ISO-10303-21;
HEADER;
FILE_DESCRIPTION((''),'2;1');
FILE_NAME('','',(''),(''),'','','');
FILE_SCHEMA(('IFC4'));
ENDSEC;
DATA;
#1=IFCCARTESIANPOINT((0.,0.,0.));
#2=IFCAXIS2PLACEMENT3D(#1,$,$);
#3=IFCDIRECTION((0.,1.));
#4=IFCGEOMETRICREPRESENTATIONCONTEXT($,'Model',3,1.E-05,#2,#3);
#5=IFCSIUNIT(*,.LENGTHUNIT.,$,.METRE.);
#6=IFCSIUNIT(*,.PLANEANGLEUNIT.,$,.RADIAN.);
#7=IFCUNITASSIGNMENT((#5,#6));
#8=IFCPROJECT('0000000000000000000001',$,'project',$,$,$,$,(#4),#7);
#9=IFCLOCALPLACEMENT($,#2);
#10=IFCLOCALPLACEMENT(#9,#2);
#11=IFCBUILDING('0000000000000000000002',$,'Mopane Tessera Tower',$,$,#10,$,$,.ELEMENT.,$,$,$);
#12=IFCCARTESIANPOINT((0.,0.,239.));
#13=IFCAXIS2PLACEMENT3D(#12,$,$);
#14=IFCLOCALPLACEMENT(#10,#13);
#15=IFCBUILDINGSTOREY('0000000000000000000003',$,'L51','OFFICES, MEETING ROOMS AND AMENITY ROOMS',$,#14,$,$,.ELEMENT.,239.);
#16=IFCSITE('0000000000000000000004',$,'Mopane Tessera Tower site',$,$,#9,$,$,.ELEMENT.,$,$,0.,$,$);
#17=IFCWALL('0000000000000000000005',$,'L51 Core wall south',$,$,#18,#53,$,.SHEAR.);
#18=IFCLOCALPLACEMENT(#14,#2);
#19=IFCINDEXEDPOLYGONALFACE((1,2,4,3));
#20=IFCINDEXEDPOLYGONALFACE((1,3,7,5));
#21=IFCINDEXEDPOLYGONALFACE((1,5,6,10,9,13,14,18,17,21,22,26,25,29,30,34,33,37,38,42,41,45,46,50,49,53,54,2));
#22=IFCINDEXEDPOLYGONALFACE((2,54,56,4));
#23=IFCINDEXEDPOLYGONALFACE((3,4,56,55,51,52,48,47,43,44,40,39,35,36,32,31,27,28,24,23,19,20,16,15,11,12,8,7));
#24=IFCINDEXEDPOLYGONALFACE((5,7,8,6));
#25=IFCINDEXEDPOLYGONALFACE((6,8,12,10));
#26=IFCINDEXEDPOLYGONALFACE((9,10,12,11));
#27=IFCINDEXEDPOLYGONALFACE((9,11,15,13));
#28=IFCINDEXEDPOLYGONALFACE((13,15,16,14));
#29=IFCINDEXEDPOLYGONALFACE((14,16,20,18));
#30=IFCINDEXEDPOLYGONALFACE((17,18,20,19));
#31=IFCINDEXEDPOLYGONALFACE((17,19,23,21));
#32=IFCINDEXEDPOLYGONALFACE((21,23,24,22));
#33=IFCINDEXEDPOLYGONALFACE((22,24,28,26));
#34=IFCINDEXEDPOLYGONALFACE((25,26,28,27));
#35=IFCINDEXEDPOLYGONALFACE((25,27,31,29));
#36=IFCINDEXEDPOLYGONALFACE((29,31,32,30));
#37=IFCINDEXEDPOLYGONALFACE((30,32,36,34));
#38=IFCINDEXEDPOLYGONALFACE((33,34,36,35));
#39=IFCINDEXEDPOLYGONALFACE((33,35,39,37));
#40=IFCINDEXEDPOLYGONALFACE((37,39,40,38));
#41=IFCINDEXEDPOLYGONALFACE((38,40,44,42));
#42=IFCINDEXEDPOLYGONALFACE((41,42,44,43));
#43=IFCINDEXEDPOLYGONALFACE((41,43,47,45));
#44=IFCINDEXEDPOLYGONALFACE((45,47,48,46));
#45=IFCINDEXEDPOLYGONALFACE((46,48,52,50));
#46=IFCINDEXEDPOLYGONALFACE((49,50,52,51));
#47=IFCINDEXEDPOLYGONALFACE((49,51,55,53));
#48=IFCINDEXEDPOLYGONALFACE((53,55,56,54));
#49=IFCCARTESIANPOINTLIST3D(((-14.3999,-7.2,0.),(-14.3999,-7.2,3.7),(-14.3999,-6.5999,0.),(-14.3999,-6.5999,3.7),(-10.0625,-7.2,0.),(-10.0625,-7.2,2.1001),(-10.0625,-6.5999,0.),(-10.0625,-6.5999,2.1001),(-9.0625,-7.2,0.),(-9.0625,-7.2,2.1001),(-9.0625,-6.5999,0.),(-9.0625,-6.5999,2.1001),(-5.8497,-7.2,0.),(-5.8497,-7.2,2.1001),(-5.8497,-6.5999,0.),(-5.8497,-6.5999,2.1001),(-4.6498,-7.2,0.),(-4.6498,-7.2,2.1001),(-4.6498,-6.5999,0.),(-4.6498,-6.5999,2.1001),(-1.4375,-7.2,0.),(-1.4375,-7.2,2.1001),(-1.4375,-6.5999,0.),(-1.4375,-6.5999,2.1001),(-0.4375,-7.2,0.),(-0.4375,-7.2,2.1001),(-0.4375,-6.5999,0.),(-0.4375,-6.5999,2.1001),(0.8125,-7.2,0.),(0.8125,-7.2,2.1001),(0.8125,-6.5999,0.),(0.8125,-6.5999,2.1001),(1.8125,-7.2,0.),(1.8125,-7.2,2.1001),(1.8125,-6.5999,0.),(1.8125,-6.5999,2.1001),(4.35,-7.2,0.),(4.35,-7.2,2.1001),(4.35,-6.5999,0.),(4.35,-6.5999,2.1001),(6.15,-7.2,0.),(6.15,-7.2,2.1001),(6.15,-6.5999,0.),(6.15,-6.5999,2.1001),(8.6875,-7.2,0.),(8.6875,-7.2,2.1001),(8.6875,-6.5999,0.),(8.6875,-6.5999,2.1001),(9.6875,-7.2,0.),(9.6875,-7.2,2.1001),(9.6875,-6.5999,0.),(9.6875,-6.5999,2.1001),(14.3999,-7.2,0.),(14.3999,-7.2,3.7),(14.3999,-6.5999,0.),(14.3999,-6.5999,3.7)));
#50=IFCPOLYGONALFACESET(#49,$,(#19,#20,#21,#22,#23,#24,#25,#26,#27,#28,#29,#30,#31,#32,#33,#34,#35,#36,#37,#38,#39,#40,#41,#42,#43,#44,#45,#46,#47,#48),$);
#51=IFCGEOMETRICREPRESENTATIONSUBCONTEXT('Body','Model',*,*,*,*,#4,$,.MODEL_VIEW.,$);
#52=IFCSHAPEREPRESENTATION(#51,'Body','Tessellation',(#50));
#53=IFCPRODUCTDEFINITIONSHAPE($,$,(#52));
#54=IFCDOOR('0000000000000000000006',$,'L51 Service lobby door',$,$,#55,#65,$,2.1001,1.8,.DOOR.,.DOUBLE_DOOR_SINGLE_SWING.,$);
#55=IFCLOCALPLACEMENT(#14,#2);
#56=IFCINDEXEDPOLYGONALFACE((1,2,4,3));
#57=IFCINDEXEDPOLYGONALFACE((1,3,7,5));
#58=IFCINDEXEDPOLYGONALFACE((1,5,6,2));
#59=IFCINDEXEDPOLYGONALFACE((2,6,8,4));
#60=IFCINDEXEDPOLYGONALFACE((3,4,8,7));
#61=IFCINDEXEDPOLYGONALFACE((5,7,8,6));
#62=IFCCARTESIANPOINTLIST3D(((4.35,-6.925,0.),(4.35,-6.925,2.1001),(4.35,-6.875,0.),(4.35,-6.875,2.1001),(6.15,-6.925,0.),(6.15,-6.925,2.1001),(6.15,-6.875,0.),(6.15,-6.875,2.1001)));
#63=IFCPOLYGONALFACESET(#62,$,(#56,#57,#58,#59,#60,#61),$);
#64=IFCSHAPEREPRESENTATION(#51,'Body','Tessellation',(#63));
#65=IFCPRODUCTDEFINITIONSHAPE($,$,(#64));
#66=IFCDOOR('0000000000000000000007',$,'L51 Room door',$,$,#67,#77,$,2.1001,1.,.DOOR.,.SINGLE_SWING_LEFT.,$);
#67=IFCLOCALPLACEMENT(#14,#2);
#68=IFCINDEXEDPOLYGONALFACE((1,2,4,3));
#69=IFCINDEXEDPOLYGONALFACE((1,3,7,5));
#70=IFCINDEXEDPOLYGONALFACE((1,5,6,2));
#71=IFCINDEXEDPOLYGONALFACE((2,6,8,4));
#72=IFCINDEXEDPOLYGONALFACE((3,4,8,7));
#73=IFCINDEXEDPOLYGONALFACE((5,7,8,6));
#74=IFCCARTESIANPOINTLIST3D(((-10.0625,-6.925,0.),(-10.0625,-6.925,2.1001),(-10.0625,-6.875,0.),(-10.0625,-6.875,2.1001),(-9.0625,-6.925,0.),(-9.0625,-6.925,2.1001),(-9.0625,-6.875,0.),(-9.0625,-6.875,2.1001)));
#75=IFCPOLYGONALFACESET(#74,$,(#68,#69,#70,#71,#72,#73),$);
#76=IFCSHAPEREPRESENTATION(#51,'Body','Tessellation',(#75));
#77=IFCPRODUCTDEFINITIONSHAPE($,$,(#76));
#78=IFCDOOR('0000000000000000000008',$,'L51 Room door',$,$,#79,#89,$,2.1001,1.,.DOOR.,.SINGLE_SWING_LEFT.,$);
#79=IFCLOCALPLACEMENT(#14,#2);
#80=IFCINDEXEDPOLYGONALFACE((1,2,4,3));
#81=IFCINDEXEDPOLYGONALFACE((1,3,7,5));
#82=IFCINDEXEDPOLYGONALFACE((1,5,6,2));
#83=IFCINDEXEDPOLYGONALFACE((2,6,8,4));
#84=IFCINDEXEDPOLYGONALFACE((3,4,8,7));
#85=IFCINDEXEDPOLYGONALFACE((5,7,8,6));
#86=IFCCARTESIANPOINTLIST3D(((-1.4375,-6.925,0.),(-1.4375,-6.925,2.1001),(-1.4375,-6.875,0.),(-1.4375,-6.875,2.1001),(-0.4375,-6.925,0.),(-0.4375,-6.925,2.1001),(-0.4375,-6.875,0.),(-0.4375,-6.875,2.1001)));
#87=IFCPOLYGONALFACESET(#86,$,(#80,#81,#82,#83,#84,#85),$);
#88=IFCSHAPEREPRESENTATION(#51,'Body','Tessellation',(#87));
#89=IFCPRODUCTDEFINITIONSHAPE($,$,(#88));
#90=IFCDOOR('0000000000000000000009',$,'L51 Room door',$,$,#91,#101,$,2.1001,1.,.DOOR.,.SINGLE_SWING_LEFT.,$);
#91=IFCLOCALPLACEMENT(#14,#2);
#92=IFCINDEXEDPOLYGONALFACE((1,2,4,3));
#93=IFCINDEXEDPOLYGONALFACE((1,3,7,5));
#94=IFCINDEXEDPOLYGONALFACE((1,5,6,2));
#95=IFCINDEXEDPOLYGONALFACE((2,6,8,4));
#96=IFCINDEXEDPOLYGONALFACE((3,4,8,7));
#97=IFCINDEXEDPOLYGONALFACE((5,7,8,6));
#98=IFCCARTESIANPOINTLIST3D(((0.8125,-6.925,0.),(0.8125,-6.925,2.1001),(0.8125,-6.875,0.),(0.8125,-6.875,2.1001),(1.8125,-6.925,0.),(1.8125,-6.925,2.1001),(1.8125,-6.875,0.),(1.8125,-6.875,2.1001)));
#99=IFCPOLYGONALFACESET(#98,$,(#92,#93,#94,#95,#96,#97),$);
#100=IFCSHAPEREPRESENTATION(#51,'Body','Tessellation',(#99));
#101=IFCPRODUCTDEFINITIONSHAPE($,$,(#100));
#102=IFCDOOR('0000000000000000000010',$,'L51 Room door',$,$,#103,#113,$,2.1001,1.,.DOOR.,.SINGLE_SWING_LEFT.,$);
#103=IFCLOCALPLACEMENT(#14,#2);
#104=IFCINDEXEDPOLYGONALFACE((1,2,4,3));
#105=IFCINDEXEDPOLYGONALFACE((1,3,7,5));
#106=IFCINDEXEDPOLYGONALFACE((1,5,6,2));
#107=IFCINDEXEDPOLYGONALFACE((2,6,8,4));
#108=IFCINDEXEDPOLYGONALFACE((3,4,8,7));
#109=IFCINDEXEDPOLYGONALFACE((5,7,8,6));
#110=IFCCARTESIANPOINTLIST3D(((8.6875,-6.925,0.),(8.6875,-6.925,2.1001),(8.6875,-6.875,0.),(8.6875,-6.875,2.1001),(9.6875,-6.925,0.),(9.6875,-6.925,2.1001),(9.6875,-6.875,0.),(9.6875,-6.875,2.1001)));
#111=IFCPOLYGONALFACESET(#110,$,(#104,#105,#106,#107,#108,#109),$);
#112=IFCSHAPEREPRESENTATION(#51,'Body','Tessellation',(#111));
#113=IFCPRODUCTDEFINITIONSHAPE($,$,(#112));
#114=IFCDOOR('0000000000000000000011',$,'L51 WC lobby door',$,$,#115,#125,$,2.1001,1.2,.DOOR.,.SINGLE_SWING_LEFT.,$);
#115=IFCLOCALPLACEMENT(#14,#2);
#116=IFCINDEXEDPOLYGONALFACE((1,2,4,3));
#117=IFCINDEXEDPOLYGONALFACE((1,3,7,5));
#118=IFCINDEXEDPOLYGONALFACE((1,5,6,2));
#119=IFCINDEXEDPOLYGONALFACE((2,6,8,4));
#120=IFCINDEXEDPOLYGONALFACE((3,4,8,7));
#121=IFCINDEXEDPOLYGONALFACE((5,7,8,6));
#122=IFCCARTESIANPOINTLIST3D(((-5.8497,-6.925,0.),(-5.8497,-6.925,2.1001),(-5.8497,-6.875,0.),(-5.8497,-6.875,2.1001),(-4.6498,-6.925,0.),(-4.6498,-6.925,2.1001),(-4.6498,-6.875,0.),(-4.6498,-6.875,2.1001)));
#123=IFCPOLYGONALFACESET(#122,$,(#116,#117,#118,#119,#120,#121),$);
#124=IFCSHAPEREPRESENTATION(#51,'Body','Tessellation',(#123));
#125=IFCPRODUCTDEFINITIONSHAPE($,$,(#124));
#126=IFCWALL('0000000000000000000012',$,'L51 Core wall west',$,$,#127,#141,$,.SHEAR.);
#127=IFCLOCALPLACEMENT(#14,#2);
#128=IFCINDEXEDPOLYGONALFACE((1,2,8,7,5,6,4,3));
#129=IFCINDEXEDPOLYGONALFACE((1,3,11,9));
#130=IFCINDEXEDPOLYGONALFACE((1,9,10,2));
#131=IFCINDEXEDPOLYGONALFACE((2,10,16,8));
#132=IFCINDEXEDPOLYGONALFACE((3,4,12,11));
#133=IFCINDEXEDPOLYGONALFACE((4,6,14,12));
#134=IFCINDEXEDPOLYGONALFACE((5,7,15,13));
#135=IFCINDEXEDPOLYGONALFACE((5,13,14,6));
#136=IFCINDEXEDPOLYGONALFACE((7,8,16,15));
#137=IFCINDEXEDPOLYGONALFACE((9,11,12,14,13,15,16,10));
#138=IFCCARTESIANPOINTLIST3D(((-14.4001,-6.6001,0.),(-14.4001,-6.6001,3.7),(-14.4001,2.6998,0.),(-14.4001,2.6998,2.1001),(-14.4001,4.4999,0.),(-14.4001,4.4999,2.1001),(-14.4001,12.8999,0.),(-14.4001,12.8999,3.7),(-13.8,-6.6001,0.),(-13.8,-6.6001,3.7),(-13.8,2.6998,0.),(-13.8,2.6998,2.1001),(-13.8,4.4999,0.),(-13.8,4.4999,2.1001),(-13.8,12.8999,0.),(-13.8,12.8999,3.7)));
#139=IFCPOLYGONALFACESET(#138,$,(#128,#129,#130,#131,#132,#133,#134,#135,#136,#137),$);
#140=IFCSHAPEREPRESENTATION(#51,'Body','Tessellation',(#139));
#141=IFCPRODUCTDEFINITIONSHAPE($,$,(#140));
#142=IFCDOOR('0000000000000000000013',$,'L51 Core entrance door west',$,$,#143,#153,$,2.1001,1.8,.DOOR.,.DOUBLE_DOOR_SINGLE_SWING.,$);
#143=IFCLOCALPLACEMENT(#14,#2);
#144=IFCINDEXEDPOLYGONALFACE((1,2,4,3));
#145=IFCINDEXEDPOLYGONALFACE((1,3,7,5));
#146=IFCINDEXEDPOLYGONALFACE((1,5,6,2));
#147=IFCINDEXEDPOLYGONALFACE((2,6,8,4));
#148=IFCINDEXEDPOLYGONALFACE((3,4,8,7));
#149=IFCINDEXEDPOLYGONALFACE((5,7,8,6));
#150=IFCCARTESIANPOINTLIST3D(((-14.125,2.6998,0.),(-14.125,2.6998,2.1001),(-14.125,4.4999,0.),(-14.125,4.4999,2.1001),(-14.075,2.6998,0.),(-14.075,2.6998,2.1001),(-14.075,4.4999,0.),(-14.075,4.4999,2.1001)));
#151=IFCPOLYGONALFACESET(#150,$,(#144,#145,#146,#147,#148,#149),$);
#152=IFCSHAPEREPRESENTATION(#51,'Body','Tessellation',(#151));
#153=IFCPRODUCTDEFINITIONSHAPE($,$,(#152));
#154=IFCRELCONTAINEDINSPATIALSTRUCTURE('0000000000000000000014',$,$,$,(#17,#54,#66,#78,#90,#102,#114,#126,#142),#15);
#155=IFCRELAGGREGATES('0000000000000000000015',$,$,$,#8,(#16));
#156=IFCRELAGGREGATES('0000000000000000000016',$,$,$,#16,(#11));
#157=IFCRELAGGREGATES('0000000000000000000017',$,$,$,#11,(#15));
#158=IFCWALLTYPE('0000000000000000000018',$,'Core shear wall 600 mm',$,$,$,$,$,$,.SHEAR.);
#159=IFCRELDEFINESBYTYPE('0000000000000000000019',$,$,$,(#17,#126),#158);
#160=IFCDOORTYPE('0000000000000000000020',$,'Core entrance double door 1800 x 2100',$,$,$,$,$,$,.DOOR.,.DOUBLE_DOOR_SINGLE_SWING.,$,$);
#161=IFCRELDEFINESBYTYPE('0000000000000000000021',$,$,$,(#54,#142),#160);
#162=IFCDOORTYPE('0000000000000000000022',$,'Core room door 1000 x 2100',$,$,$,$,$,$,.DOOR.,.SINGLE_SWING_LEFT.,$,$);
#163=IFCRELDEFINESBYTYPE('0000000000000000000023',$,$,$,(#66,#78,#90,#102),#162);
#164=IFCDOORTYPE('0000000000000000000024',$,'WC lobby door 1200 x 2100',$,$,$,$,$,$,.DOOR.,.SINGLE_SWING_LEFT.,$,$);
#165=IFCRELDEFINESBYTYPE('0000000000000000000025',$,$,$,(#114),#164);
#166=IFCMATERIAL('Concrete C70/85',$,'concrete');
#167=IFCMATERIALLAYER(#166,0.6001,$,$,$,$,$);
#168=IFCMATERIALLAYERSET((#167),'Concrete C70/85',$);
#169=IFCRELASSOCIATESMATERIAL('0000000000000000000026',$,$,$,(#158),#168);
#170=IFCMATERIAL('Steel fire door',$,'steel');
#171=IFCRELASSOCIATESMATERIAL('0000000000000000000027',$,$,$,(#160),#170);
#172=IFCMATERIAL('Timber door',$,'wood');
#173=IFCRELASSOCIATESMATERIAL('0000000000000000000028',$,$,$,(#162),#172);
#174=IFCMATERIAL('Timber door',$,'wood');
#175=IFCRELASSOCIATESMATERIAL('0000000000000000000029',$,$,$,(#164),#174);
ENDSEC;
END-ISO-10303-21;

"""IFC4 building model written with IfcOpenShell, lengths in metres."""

from ifc_helpers import new_model, si_unit, direction, frame, frame_2d, origin, place, context, subcontext, project, spatial, rectangle, extrude, material, layer, layer_set, type_object, element, fill, save


model = new_model("IFC4")

# Units and contexts
model_context = context("Model", 3, precision=1e-05, world=origin(), true_north=direction((0.0, 1.0)))
body_context = subcontext(model_context, "Body", "Model", "MODEL_VIEW")
ifc_project = project(units=[si_unit("LENGTHUNIT", "METRE"), si_unit("PLANEANGLEUNIT", "RADIAN")], contexts=[model_context])

# Site, building, storey
site_placement = place(None, origin())
site = spatial("IfcSite", under=ifc_project, at=site_placement, Name="Mopane Tessera Tower site", CompositionType="ELEMENT", RefElevation=0.0)
building_placement = place(site_placement, origin())
building = spatial("IfcBuilding", under=site, at=building_placement, Name="Mopane Tessera Tower", CompositionType="ELEMENT")
storey_placement = place(building_placement, frame((0.0, 0.0, 239.0)))
storey = spatial("IfcBuildingStorey", under=building, at=storey_placement, Name="L51", Description="OFFICES, MEETING ROOMS AND AMENITY ROOMS", CompositionType="ELEMENT", Elevation=239.0)

# Wall, openings, doors
ifc_material_1 = material(Name="Concrete C70/85", Category="concrete")
ifc_layer_1 = layer(ifc_material_1, 0.6001)
ifc_layer_set_1 = layer_set([ifc_layer_1], Name="Concrete C70/85")
wall_type_1 = type_object("IfcWallType", Name="Core shear wall 600 mm", PredefinedType="SHEAR", material=ifc_layer_set_1)
wall_1_placement = place(storey_placement, frame((-14.3999, -6.8999, 0.0), z_axis=(0.0, 0.0, 1.0), x_axis=(1.0, 0.0, 0.0)))
wall_1 = element("IfcWall", 1, at=wall_1_placement, inside=storey, type_object=wall_type_1, Name="L51 Core wall south", PredefinedType="SHEAR", context=body_context, shape_type="SweptSolid", body=[
    extrude(rectangle(XDim=28.7998, YDim=0.6001, at=frame_2d((14.3999, 0.0))), origin(), (0.0, 0.0, 1.0), 3.7),
])
opening_1_placement = place(wall_1_placement, frame((4.3374, 0.0, 0.0)))
opening_1 = element("IfcOpeningElement", 2, at=opening_1_placement, cuts=wall_1, PredefinedType="OPENING", context=body_context, shape_type="SweptSolid", body=[
    extrude(rectangle(XDim=1.0, YDim=2.1001, at=frame_2d((0.5, 1.05))), frame((0.0, 0.312, 0.0), z_axis=(0.0, -1.0, 0.0), x_axis=(1.0, 0.0, 0.0)), (0.0, 0.0, 1.0), 0.624),
])
opening_2_placement = place(wall_1_placement, frame((8.55, 0.0, 0.0)))
opening_2 = element("IfcOpeningElement", 3, at=opening_2_placement, cuts=wall_1, PredefinedType="OPENING", context=body_context, shape_type="SweptSolid", body=[
    extrude(rectangle(XDim=1.2, YDim=2.1001, at=frame_2d((0.6001, 1.05))), frame((0.0, 0.312, 0.0), z_axis=(0.0, -1.0, 0.0), x_axis=(1.0, 0.0, 0.0)), (0.0, 0.0, 1.0), 0.624),
])
opening_3_placement = place(wall_1_placement, frame((12.9624, 0.0, 0.0)))
opening_3 = element("IfcOpeningElement", 4, at=opening_3_placement, cuts=wall_1, PredefinedType="OPENING", context=body_context, shape_type="SweptSolid", body=[
    extrude(rectangle(XDim=1.0, YDim=2.1001, at=frame_2d((0.5, 1.05))), frame((0.0, 0.312, 0.0), z_axis=(0.0, -1.0, 0.0), x_axis=(1.0, 0.0, 0.0)), (0.0, 0.0, 1.0), 0.624),
])
opening_4_placement = place(wall_1_placement, frame((15.2124, 0.0, 0.0)))
opening_4 = element("IfcOpeningElement", 5, at=opening_4_placement, cuts=wall_1, PredefinedType="OPENING", context=body_context, shape_type="SweptSolid", body=[
    extrude(rectangle(XDim=1.0, YDim=2.1001, at=frame_2d((0.5, 1.05))), frame((0.0, 0.312, 0.0), z_axis=(0.0, -1.0, 0.0), x_axis=(1.0, 0.0, 0.0)), (0.0, 0.0, 1.0), 0.624),
])
opening_5_placement = place(wall_1_placement, frame((18.75, 0.0, 0.0)))
opening_5 = element("IfcOpeningElement", 6, at=opening_5_placement, cuts=wall_1, PredefinedType="OPENING", context=body_context, shape_type="SweptSolid", body=[
    extrude(rectangle(XDim=1.8, YDim=2.1001, at=frame_2d((0.8999, 1.05))), frame((0.0, 0.312, 0.0), z_axis=(0.0, -1.0, 0.0), x_axis=(1.0, 0.0, 0.0)), (0.0, 0.0, 1.0), 0.624),
])
opening_6_placement = place(wall_1_placement, frame((23.0874, 0.0, 0.0)))
opening_6 = element("IfcOpeningElement", 7, at=opening_6_placement, cuts=wall_1, PredefinedType="OPENING", context=body_context, shape_type="SweptSolid", body=[
    extrude(rectangle(XDim=1.0, YDim=2.1001, at=frame_2d((0.5, 1.05))), frame((0.0, 0.312, 0.0), z_axis=(0.0, -1.0, 0.0), x_axis=(1.0, 0.0, 0.0)), (0.0, 0.0, 1.0), 0.624),
])
ifc_material_2 = material(Name="Steel fire door", Category="steel")
door_type_1 = type_object("IfcDoorType", Name="Core entrance double door 1800 x 2100", OperationType="DOUBLE_DOOR_SINGLE_SWING", PredefinedType="DOOR", material=ifc_material_2)
door_1_placement = place(opening_5_placement, origin())
door_1 = element("IfcDoor", 8, at=door_1_placement, inside=storey, type_object=door_type_1, Name="L51 Service lobby door", OperationType="DOUBLE_DOOR_SINGLE_SWING", OverallHeight=2.1001, OverallWidth=1.8, PredefinedType="DOOR", context=body_context, shape_type="SweptSolid", body=[
    extrude(rectangle(XDim=1.8, YDim=2.1001, at=frame_2d((0.8999, 1.05))), frame((0.0, 0.0249, 0.0), z_axis=(0.0, -1.0, 0.0), x_axis=(1.0, 0.0, 0.0)), (0.0, 0.0, 1.0), 0.05),
])
fill(opening_5, door_1)
ifc_material_3 = material(Name="Timber door", Category="wood")
door_type_2 = type_object("IfcDoorType", Name="Core room door 1000 x 2100", OperationType="SINGLE_SWING_LEFT", PredefinedType="DOOR", material=ifc_material_3)
door_2_placement = place(opening_1_placement, origin())
door_2 = element("IfcDoor", 9, at=door_2_placement, inside=storey, type_object=door_type_2, Name="L51 Room door", OperationType="SINGLE_SWING_LEFT", OverallHeight=2.1001, OverallWidth=1.0, PredefinedType="DOOR", context=body_context, shape_type="SweptSolid", body=[
    extrude(rectangle(XDim=1.0, YDim=2.1001, at=frame_2d((0.5, 1.05))), frame((0.0, 0.0249, 0.0), z_axis=(0.0, -1.0, 0.0), x_axis=(1.0, 0.0, 0.0)), (0.0, 0.0, 1.0), 0.05),
])
fill(opening_1, door_2)
door_3_placement = place(opening_3_placement, origin())
door_3 = element("IfcDoor", 10, at=door_3_placement, inside=storey, type_object=door_type_2, Name="L51 Room door", OperationType="SINGLE_SWING_LEFT", OverallHeight=2.1001, OverallWidth=1.0, PredefinedType="DOOR", context=body_context, shape_type="SweptSolid", body=[
    extrude(rectangle(XDim=1.0, YDim=2.1001, at=frame_2d((0.5, 1.05))), frame((0.0, 0.0249, 0.0), z_axis=(0.0, -1.0, 0.0), x_axis=(1.0, 0.0, 0.0)), (0.0, 0.0, 1.0), 0.05),
])
fill(opening_3, door_3)
door_4_placement = place(opening_4_placement, origin())
door_4 = element("IfcDoor", 11, at=door_4_placement, inside=storey, type_object=door_type_2, Name="L51 Room door", OperationType="SINGLE_SWING_LEFT", OverallHeight=2.1001, OverallWidth=1.0, PredefinedType="DOOR", context=body_context, shape_type="SweptSolid", body=[
    extrude(rectangle(XDim=1.0, YDim=2.1001, at=frame_2d((0.5, 1.05))), frame((0.0, 0.0249, 0.0), z_axis=(0.0, -1.0, 0.0), x_axis=(1.0, 0.0, 0.0)), (0.0, 0.0, 1.0), 0.05),
])
fill(opening_4, door_4)
door_5_placement = place(opening_6_placement, origin())
door_5 = element("IfcDoor", 12, at=door_5_placement, inside=storey, type_object=door_type_2, Name="L51 Room door", OperationType="SINGLE_SWING_LEFT", OverallHeight=2.1001, OverallWidth=1.0, PredefinedType="DOOR", context=body_context, shape_type="SweptSolid", body=[
    extrude(rectangle(XDim=1.0, YDim=2.1001, at=frame_2d((0.5, 1.05))), frame((0.0, 0.0249, 0.0), z_axis=(0.0, -1.0, 0.0), x_axis=(1.0, 0.0, 0.0)), (0.0, 0.0, 1.0), 0.05),
])
fill(opening_6, door_5)
ifc_material_4 = material(Name="Timber door", Category="wood")
door_type_3 = type_object("IfcDoorType", Name="WC lobby door 1200 x 2100", OperationType="SINGLE_SWING_LEFT", PredefinedType="DOOR", material=ifc_material_4)
door_6_placement = place(opening_2_placement, origin())
door_6 = element("IfcDoor", 13, at=door_6_placement, inside=storey, type_object=door_type_3, Name="L51 WC lobby door", OperationType="SINGLE_SWING_LEFT", OverallHeight=2.1001, OverallWidth=1.2, PredefinedType="DOOR", context=body_context, shape_type="SweptSolid", body=[
    extrude(rectangle(XDim=1.2, YDim=2.1001, at=frame_2d((0.6001, 1.05))), frame((0.0, 0.0249, 0.0), z_axis=(0.0, -1.0, 0.0), x_axis=(1.0, 0.0, 0.0)), (0.0, 0.0, 1.0), 0.05),
])
fill(opening_2, door_6)

# Wall, opening, door
wall_2_placement = place(storey_placement, frame((-14.1001, -6.6001, 0.0), z_axis=(0.0, 0.0, 1.0), x_axis=(0.0, 1.0, 0.0)))
wall_2 = element("IfcWall", 14, at=wall_2_placement, inside=storey, type_object=wall_type_1, Name="L51 Core wall west", PredefinedType="SHEAR", context=body_context, shape_type="SweptSolid", body=[
    extrude(rectangle(XDim=19.5, YDim=0.6001, at=frame_2d((9.75, 0.0))), origin(), (0.0, 0.0, 1.0), 3.7),
])
opening_7_placement = place(wall_2_placement, frame((9.3, 0.0, 0.0)))
opening_7 = element("IfcOpeningElement", 15, at=opening_7_placement, cuts=wall_2, PredefinedType="OPENING", context=body_context, shape_type="SweptSolid", body=[
    extrude(rectangle(XDim=1.8, YDim=2.1001, at=frame_2d((0.8999, 1.05))), frame((0.0, 0.312, 0.0), z_axis=(0.0, -1.0, 0.0), x_axis=(1.0, 0.0, 0.0)), (0.0, 0.0, 1.0), 0.624),
])
door_7_placement = place(opening_7_placement, origin())
door_7 = element("IfcDoor", 16, at=door_7_placement, inside=storey, type_object=door_type_1, Name="L51 Core entrance door west", OperationType="DOUBLE_DOOR_SINGLE_SWING", OverallHeight=2.1001, OverallWidth=1.8, PredefinedType="DOOR", context=body_context, shape_type="SweptSolid", body=[
    extrude(rectangle(XDim=1.8, YDim=2.1001, at=frame_2d((0.8999, 1.05))), frame((0.0, 0.0249, 0.0), z_axis=(0.0, -1.0, 0.0), x_axis=(1.0, 0.0, 0.0)), (0.0, 0.0, 1.0), 0.05),
])
fill(opening_7, door_7)

save(model, "model.ifc")
